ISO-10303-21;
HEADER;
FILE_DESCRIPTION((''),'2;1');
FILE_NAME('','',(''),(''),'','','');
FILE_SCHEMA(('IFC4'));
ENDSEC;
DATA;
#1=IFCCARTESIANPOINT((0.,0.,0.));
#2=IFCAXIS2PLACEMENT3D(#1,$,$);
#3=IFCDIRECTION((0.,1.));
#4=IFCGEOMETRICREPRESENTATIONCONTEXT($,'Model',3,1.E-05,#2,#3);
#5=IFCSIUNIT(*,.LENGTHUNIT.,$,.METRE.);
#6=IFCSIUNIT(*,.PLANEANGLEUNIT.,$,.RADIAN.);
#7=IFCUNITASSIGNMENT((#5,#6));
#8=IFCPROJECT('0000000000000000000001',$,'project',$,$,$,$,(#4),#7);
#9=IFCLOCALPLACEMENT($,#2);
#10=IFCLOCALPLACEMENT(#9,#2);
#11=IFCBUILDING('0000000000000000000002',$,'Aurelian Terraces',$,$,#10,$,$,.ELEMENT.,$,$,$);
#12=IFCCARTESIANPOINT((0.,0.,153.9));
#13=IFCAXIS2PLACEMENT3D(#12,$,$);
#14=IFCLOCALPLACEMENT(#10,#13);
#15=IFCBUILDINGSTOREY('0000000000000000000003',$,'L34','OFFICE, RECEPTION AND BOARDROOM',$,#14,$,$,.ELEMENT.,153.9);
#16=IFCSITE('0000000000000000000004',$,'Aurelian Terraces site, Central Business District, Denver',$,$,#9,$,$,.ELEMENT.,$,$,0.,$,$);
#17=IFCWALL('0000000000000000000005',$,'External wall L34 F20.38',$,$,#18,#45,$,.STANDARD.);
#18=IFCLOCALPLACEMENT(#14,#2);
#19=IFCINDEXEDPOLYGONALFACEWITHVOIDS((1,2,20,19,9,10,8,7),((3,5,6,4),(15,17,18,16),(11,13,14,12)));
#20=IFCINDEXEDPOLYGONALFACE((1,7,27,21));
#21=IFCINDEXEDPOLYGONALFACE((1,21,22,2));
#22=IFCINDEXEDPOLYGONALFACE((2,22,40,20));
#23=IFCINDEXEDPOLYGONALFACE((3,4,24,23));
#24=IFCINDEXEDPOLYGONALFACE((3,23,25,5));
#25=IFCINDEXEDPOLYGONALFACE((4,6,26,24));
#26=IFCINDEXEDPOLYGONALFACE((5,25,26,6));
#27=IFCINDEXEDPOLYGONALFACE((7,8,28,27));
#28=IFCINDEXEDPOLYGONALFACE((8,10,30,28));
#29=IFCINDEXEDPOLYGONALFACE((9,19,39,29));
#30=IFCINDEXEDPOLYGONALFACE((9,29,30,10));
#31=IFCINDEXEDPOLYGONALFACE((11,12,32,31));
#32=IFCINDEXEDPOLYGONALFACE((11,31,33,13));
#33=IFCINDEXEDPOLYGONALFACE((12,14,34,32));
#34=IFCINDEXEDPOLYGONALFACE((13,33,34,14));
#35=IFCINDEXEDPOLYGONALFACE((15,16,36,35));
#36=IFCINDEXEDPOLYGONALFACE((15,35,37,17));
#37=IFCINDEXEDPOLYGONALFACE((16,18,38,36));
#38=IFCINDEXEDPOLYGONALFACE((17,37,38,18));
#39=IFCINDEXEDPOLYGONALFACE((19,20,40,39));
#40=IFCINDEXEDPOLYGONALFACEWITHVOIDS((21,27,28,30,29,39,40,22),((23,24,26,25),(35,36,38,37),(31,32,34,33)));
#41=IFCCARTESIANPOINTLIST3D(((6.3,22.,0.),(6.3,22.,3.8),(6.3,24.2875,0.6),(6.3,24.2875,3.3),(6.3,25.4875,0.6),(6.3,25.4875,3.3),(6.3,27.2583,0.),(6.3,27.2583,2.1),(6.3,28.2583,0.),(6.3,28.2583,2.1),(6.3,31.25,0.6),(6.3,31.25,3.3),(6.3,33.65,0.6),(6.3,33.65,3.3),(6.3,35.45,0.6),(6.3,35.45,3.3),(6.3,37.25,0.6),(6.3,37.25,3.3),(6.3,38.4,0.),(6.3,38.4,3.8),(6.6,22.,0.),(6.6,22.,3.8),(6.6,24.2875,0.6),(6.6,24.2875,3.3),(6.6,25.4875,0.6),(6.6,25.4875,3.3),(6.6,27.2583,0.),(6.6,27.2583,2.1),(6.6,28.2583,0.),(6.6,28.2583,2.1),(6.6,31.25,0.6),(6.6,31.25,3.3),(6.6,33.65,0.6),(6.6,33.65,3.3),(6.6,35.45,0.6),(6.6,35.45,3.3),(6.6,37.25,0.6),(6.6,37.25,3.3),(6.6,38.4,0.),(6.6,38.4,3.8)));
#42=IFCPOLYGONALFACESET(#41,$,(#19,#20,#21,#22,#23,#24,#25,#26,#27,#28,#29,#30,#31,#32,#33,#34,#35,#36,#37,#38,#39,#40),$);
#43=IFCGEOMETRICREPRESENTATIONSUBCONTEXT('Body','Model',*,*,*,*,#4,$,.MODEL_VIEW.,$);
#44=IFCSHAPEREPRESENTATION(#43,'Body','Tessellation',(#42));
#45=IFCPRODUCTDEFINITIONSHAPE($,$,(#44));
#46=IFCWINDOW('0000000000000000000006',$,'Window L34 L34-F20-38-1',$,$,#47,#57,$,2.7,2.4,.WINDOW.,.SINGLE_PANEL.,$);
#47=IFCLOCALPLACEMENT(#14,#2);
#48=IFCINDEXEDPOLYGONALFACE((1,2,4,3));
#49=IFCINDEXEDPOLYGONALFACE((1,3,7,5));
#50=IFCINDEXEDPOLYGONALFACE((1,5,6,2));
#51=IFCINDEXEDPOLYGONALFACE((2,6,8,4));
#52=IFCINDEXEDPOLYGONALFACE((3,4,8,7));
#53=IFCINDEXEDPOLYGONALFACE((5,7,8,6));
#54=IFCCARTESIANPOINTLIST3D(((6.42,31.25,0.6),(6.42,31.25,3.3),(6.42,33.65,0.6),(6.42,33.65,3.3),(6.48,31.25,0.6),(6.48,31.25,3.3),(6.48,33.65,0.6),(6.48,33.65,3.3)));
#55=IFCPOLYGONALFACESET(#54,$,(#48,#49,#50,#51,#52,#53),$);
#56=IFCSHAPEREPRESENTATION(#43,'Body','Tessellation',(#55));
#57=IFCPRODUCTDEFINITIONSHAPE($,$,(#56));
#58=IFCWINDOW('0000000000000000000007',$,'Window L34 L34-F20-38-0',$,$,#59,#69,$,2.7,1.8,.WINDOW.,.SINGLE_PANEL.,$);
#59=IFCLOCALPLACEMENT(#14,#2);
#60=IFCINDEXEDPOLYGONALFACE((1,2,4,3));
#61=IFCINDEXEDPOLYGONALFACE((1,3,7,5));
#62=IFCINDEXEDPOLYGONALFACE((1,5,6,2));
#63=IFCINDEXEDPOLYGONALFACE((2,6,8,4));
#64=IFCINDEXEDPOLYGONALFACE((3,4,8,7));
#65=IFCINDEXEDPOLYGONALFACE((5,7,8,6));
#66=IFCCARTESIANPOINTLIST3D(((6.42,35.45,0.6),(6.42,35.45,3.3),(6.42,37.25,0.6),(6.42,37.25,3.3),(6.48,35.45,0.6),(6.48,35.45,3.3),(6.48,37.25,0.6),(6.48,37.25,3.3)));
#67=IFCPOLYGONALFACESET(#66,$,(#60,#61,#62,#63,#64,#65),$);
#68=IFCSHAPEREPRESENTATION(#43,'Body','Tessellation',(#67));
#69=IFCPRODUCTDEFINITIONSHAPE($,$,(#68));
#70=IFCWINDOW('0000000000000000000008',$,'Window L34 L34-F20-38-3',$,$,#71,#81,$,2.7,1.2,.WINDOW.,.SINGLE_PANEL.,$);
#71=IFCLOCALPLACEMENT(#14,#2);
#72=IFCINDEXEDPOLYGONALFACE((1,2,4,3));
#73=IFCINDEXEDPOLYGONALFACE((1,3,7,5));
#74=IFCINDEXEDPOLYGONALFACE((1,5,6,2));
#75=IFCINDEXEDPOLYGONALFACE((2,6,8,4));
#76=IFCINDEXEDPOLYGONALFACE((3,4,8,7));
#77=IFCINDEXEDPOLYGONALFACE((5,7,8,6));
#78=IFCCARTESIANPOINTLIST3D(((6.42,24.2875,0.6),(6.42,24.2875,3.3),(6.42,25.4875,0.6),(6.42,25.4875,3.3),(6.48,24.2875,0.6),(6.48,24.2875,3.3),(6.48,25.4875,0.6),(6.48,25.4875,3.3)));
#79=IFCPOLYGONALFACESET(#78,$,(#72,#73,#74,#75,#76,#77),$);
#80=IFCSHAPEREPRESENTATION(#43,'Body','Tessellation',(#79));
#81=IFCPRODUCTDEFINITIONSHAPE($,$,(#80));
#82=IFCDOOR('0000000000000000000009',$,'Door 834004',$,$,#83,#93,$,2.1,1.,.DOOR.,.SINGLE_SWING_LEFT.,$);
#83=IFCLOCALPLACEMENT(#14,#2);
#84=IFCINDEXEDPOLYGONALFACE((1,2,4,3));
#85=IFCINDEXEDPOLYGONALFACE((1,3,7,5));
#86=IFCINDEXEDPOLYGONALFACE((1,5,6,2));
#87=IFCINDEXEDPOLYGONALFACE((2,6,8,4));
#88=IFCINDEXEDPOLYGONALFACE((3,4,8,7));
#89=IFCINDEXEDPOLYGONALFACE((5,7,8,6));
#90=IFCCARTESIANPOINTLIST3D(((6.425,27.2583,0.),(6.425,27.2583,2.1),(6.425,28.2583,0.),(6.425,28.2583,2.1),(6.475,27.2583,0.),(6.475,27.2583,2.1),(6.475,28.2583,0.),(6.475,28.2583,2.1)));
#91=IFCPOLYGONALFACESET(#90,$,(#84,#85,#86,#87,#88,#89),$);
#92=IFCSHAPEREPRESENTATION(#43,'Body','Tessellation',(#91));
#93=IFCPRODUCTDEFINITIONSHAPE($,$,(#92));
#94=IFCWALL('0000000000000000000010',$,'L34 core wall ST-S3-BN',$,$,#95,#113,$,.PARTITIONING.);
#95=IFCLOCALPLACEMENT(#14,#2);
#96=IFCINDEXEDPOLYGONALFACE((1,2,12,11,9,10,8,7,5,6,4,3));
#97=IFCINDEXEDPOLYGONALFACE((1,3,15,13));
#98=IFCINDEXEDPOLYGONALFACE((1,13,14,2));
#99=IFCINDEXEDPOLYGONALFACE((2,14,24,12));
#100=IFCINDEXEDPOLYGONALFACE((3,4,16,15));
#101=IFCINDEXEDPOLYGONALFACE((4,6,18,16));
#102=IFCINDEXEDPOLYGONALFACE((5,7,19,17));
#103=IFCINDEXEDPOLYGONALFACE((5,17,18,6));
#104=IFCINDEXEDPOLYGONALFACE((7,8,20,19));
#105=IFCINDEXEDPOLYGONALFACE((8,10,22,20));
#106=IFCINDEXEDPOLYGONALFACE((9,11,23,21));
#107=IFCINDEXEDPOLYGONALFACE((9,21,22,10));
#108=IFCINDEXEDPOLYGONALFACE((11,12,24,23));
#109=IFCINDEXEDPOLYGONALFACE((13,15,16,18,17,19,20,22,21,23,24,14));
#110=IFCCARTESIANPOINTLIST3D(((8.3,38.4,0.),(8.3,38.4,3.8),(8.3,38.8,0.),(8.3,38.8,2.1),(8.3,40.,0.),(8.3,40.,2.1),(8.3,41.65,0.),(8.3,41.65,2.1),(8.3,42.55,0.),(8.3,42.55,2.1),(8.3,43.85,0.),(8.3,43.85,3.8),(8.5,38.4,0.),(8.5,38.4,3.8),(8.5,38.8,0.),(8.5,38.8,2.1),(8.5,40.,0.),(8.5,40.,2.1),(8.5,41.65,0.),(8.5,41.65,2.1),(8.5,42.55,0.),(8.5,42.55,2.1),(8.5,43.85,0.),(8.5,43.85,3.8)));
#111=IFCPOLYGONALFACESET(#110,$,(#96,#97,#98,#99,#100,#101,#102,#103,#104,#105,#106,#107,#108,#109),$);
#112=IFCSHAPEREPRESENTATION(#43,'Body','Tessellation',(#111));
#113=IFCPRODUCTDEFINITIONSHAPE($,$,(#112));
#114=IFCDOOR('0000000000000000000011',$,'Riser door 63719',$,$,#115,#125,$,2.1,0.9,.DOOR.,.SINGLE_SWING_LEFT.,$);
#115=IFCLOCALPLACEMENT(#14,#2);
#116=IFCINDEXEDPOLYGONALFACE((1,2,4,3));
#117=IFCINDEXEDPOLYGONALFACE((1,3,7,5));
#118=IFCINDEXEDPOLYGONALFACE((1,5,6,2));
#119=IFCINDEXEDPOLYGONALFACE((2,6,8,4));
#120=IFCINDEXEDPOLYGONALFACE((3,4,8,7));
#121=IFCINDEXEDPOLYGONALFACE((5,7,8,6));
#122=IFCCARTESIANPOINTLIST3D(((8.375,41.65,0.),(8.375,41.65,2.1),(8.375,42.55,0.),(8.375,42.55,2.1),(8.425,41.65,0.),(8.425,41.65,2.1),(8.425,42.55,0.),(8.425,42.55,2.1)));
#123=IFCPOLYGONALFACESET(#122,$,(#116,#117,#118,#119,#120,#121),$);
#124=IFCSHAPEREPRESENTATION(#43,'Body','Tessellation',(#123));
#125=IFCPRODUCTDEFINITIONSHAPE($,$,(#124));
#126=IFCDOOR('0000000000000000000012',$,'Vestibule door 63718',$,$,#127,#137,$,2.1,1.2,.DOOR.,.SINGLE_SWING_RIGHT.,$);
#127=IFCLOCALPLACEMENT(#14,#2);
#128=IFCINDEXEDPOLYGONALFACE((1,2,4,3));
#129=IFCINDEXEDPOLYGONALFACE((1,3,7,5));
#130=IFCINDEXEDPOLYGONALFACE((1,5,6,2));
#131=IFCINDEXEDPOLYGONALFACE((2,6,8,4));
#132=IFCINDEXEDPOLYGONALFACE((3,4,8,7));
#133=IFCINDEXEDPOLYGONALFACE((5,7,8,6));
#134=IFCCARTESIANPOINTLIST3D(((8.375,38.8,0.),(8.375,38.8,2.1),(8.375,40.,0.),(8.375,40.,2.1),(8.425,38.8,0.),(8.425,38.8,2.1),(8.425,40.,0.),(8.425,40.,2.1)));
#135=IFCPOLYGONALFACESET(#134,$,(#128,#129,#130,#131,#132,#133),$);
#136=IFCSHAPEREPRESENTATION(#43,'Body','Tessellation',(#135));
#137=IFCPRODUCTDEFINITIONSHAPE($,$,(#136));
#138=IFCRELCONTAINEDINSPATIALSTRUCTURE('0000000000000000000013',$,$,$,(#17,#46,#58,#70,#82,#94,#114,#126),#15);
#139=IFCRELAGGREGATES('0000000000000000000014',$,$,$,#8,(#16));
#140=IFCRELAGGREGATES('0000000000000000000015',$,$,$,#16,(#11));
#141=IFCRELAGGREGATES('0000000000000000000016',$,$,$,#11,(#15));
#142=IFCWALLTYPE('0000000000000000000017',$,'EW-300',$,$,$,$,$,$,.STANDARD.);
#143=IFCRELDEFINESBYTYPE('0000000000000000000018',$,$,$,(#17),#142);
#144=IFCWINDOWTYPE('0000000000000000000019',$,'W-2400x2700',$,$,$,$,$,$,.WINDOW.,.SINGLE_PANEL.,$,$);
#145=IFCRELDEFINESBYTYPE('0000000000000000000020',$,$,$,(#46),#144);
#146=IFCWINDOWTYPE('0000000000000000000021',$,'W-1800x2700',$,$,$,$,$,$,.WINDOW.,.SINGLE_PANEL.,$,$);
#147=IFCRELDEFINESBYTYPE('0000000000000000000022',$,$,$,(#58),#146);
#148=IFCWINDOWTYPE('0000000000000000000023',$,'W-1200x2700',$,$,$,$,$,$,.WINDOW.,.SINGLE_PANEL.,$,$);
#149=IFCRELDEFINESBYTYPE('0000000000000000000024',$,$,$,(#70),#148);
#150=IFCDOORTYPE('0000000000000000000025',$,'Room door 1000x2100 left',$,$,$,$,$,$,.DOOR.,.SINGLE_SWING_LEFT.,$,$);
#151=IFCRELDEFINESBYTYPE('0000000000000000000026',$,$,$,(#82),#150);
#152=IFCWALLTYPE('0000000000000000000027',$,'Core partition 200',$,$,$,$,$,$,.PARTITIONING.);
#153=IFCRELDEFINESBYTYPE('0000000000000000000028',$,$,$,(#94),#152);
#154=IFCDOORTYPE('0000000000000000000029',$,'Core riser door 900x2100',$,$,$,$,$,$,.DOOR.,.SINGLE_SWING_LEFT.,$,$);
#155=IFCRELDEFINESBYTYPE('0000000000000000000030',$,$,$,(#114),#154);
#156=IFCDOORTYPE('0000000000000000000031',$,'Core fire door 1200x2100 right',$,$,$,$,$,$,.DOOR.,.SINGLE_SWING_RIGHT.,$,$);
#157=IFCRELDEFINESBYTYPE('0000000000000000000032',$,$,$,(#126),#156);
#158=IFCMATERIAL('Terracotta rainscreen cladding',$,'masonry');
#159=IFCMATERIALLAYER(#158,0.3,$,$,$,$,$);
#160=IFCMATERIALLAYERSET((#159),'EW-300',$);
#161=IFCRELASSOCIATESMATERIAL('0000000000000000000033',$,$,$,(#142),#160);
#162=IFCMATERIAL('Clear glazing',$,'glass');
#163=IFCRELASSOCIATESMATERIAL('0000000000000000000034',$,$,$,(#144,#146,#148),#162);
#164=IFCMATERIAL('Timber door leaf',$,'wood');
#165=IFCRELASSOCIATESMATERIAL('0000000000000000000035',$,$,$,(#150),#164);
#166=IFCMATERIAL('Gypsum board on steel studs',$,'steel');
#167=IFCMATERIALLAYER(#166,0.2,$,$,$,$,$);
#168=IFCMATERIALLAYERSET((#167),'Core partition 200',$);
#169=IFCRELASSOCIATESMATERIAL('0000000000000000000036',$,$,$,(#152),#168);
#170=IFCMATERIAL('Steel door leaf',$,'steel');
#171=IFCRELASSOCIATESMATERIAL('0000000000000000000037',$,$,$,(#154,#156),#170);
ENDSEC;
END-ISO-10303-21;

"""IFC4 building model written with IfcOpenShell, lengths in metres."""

from ifc_helpers import new_model, si_unit, direction, frame, frame_2d, origin, place, context, subcontext, project, spatial, rectangle, extrude, source, transform, mapped, material, layer, layer_set, type_object, element, fill, save


model = new_model("IFC4")

# Units and contexts
model_context = context("Model", 3, precision=1e-05, world=origin(), true_north=direction((0.0, 1.0)))
body_context = subcontext(model_context, "Body", "Model", "MODEL_VIEW")
ifc_project = project(units=[si_unit("LENGTHUNIT", "METRE"), si_unit("PLANEANGLEUNIT", "RADIAN")], contexts=[model_context])

# Site, building, storey
site_placement = place(None, origin())
site = spatial("IfcSite", under=ifc_project, at=site_placement, Name="Aurelian Terraces site, Central Business District, Denver", CompositionType="ELEMENT", RefElevation=0.0)
building_placement = place(site_placement, origin())
building = spatial("IfcBuilding", under=site, at=building_placement, Name="Aurelian Terraces", CompositionType="ELEMENT")
storey_placement = place(building_placement, frame((0.0, 0.0, 153.9)))
storey = spatial("IfcBuildingStorey", under=building, at=storey_placement, Name="L34", Description="OFFICE, RECEPTION AND BOARDROOM", CompositionType="ELEMENT", Elevation=153.9)

# Shared definitions
ifc_material_1 = material(Name="Clear glazing", Category="glass")

# Wall, openings, windows, door
ifc_material_2 = material(Name="Terracotta rainscreen cladding", Category="masonry")
ifc_layer_1 = layer(ifc_material_2, 0.3)
ifc_layer_set_1 = layer_set([ifc_layer_1], Name="EW-300")
wall_type_1 = type_object("IfcWallType", Name="EW-300", PredefinedType="STANDARD", material=ifc_layer_set_1)
shared_shape_1 = source(origin(), body_context, "Body", "SweptSolid", [
    extrude(rectangle(XDim=16.4, YDim=0.3, at=frame_2d((8.2, 0.0))), origin(), (0.0, 0.0, 1.0), 3.8),
])
wall_1_placement = place(storey_placement, frame((6.45, 38.4, 0.0), z_axis=(0.0, 0.0, 1.0), x_axis=(0.0, -1.0, 0.0)))
wall_1 = element("IfcWall", 1, at=wall_1_placement, inside=storey, type_object=wall_type_1, Name="External wall L34 F20.38", PredefinedType="STANDARD", context=body_context, shape_type="MappedRepresentation", body=[
    mapped(shared_shape_1, transform((0.0, 0.0, 0.0), scale=1.0)),
])
shared_shape_2 = source(origin(), body_context, "Body", "SweptSolid", [
    extrude(rectangle(XDim=1.8, YDim=2.7, at=frame_2d((0.9, 1.35))), frame((0.0, 0.16, 0.0), z_axis=(0.0, -1.0, 0.0), x_axis=(1.0, 0.0, 0.0)), (0.0, 0.0, 1.0), 0.32),
])
opening_1_placement = place(wall_1_placement, frame((1.15, 0.0, 0.6)))
opening_1 = element("IfcOpeningElement", 2, at=opening_1_placement, cuts=wall_1, PredefinedType="OPENING", context=body_context, shape_type="MappedRepresentation", body=[
    mapped(shared_shape_2, transform((0.0, 0.0, 0.0), scale=1.0)),
])
shared_shape_3 = source(origin(), body_context, "Body", "SweptSolid", [
    extrude(rectangle(XDim=2.4, YDim=2.7, at=frame_2d((1.2, 1.35))), frame((0.0, 0.16, 0.0), z_axis=(0.0, -1.0, 0.0), x_axis=(1.0, 0.0, 0.0)), (0.0, 0.0, 1.0), 0.32),
])
opening_2_placement = place(wall_1_placement, frame((4.75, 0.0, 0.6)))
opening_2 = element("IfcOpeningElement", 3, at=opening_2_placement, cuts=wall_1, PredefinedType="OPENING", context=body_context, shape_type="MappedRepresentation", body=[
    mapped(shared_shape_3, transform((0.0, 0.0, 0.0), scale=1.0)),
])
shared_shape_4 = source(origin(), body_context, "Body", "SweptSolid", [
    extrude(rectangle(XDim=1.2, YDim=2.7, at=frame_2d((0.6, 1.35))), frame((0.0, 0.16, 0.0), z_axis=(0.0, -1.0, 0.0), x_axis=(1.0, 0.0, 0.0)), (0.0, 0.0, 1.0), 0.32),
])
opening_3_placement = place(wall_1_placement, frame((12.9125, 0.0, 0.6)))
opening_3 = element("IfcOpeningElement", 4, at=opening_3_placement, cuts=wall_1, PredefinedType="OPENING", context=body_context, shape_type="MappedRepresentation", body=[
    mapped(shared_shape_4, transform((0.0, 0.0, 0.0), scale=1.0)),
])
shared_shape_5 = source(origin(), body_context, "Body", "SweptSolid", [
    extrude(rectangle(XDim=1.0, YDim=2.1, at=frame_2d((0.5, 1.05))), frame((0.0, 0.16, 0.0), z_axis=(0.0, -1.0, 0.0), x_axis=(1.0, 0.0, 0.0)), (0.0, 0.0, 1.0), 0.32),
])
opening_4_placement = place(wall_1_placement, frame((10.1417, 0.0, 0.0)))
opening_4 = element("IfcOpeningElement", 5, at=opening_4_placement, cuts=wall_1, PredefinedType="OPENING", context=body_context, shape_type="MappedRepresentation", body=[
    mapped(shared_shape_5, transform((0.0, 0.0, 0.0), scale=1.0)),
])
window_type_1 = type_object("IfcWindowType", Name="W-2400x2700", PartitioningType="SINGLE_PANEL", PredefinedType="WINDOW", material=ifc_material_1)
shared_shape_6 = source(origin(), body_context, "Body", "SweptSolid", [
    extrude(rectangle(XDim=2.4, YDim=2.7, at=frame_2d((1.2, 1.35))), frame((0.0, 0.03, 0.0), z_axis=(0.0, -1.0, 0.0), x_axis=(1.0, 0.0, 0.0)), (0.0, 0.0, 1.0), 0.06),
])
window_1_placement = place(opening_2_placement, origin())
window_1 = element("IfcWindow", 6, at=window_1_placement, inside=storey, type_object=window_type_1, Name="Window L34 L34-F20-38-1", OverallHeight=2.7, OverallWidth=2.4, PartitioningType="SINGLE_PANEL", PredefinedType="WINDOW", context=body_context, shape_type="MappedRepresentation", body=[
    mapped(shared_shape_6, transform((0.0, 0.0, 0.0), scale=1.0)),
])
fill(opening_2, window_1)
window_type_2 = type_object("IfcWindowType", Name="W-1800x2700", PartitioningType="SINGLE_PANEL", PredefinedType="WINDOW", material=ifc_material_1)
shared_shape_7 = source(origin(), body_context, "Body", "SweptSolid", [
    extrude(rectangle(XDim=1.8, YDim=2.7, at=frame_2d((0.9, 1.35))), frame((0.0, 0.03, 0.0), z_axis=(0.0, -1.0, 0.0), x_axis=(1.0, 0.0, 0.0)), (0.0, 0.0, 1.0), 0.06),
])
window_2_placement = place(opening_1_placement, origin())
window_2 = element("IfcWindow", 7, at=window_2_placement, inside=storey, type_object=window_type_2, Name="Window L34 L34-F20-38-0", OverallHeight=2.7, OverallWidth=1.8, PartitioningType="SINGLE_PANEL", PredefinedType="WINDOW", context=body_context, shape_type="MappedRepresentation", body=[
    mapped(shared_shape_7, transform((0.0, 0.0, 0.0), scale=1.0)),
])
fill(opening_1, window_2)
window_type_3 = type_object("IfcWindowType", Name="W-1200x2700", PartitioningType="SINGLE_PANEL", PredefinedType="WINDOW", material=ifc_material_1)
shared_shape_8 = source(origin(), body_context, "Body", "SweptSolid", [
    extrude(rectangle(XDim=1.2, YDim=2.7, at=frame_2d((0.6, 1.35))), frame((0.0, 0.03, 0.0), z_axis=(0.0, -1.0, 0.0), x_axis=(1.0, 0.0, 0.0)), (0.0, 0.0, 1.0), 0.06),
])
window_3_placement = place(opening_3_placement, origin())
window_3 = element("IfcWindow", 8, at=window_3_placement, inside=storey, type_object=window_type_3, Name="Window L34 L34-F20-38-3", OverallHeight=2.7, OverallWidth=1.2, PartitioningType="SINGLE_PANEL", PredefinedType="WINDOW", context=body_context, shape_type="MappedRepresentation", body=[
    mapped(shared_shape_8, transform((0.0, 0.0, 0.0), scale=1.0)),
])
fill(opening_3, window_3)
ifc_material_3 = material(Name="Timber door leaf", Category="wood")
door_type_1 = type_object("IfcDoorType", Name="Room door 1000x2100 left", OperationType="SINGLE_SWING_LEFT", PredefinedType="DOOR", material=ifc_material_3)
shared_shape_9 = source(origin(), body_context, "Body", "SweptSolid", [
    extrude(rectangle(XDim=1.0, YDim=2.1, at=frame_2d((0.5, 1.05))), frame((0.0, 0.025, 0.0), z_axis=(0.0, -1.0, 0.0), x_axis=(1.0, 0.0, 0.0)), (0.0, 0.0, 1.0), 0.05),
])
door_1_placement = place(opening_4_placement, origin())
door_1 = element("IfcDoor", 9, at=door_1_placement, inside=storey, type_object=door_type_1, Name="Door 834004", OperationType="SINGLE_SWING_LEFT", OverallHeight=2.1, OverallWidth=1.0, PredefinedType="DOOR", context=body_context, shape_type="MappedRepresentation", body=[
    mapped(shared_shape_9, transform((0.0, 0.0, 0.0), scale=1.0)),
])
fill(opening_4, door_1)

# Wall, openings, doors
ifc_material_4 = material(Name="Gypsum board on steel studs", Category="steel")
ifc_layer_2 = layer(ifc_material_4, 0.2)
ifc_layer_set_2 = layer_set([ifc_layer_2], Name="Core partition 200")
wall_type_2 = type_object("IfcWallType", Name="Core partition 200", PredefinedType="PARTITIONING", material=ifc_layer_set_2)
shared_shape_10 = source(origin(), body_context, "Body", "SweptSolid", [
    extrude(rectangle(XDim=5.45, YDim=0.2, at=frame_2d((2.725, 0.0))), origin(), (0.0, 0.0, 1.0), 3.8),
])
wall_2_placement = place(storey_placement, frame((8.4, 38.4, 0.0), z_axis=(0.0, 0.0, 1.0), x_axis=(0.0, 1.0, 0.0)))
wall_2 = element("IfcWall", 10, at=wall_2_placement, inside=storey, type_object=wall_type_2, Name="L34 core wall ST-S3-BN", PredefinedType="PARTITIONING", context=body_context, shape_type="MappedRepresentation", body=[
    mapped(shared_shape_10, transform((0.0, 0.0, 0.0), scale=1.0)),
])
shared_shape_11 = source(origin(), body_context, "Body", "SweptSolid", [
    extrude(rectangle(XDim=1.2, YDim=2.1, at=frame_2d((0.6, 1.05))), frame((0.0, 0.11, 0.0), z_axis=(0.0, -1.0, 0.0), x_axis=(1.0, 0.0, 0.0)), (0.0, 0.0, 1.0), 0.22),
])
opening_5_placement = place(wall_2_placement, frame((0.4, 0.0, 0.0)))
opening_5 = element("IfcOpeningElement", 11, at=opening_5_placement, cuts=wall_2, PredefinedType="OPENING", context=body_context, shape_type="MappedRepresentation", body=[
    mapped(shared_shape_11, transform((0.0, 0.0, 0.0), scale=1.0)),
])
shared_shape_12 = source(origin(), body_context, "Body", "SweptSolid", [
    extrude(rectangle(XDim=0.9, YDim=2.1, at=frame_2d((0.45, 1.05))), frame((0.0, 0.11, 0.0), z_axis=(0.0, -1.0, 0.0), x_axis=(1.0, 0.0, 0.0)), (0.0, 0.0, 1.0), 0.22),
])
opening_6_placement = place(wall_2_placement, frame((3.25, 0.0, 0.0)))
opening_6 = element("IfcOpeningElement", 12, at=opening_6_placement, cuts=wall_2, PredefinedType="OPENING", context=body_context, shape_type="MappedRepresentation", body=[
    mapped(shared_shape_12, transform((0.0, 0.0, 0.0), scale=1.0)),
])
ifc_material_5 = material(Name="Steel door leaf", Category="steel")
door_type_2 = type_object("IfcDoorType", Name="Core riser door 900x2100", OperationType="SINGLE_SWING_LEFT", PredefinedType="DOOR", material=ifc_material_5)
shared_shape_13 = source(origin(), body_context, "Body", "SweptSolid", [
    extrude(rectangle(XDim=0.9, YDim=2.1, at=frame_2d((0.45, 1.05))), frame((0.0, 0.025, 0.0), z_axis=(0.0, -1.0, 0.0), x_axis=(1.0, 0.0, 0.0)), (0.0, 0.0, 1.0), 0.05),
])
door_2_placement = place(opening_6_placement, origin())
door_2 = element("IfcDoor", 13, at=door_2_placement, inside=storey, type_object=door_type_2, Name="Riser door 63719", OperationType="SINGLE_SWING_LEFT", OverallHeight=2.1, OverallWidth=0.9, PredefinedType="DOOR", context=body_context, shape_type="MappedRepresentation", body=[
    mapped(shared_shape_13, transform((0.0, 0.0, 0.0), scale=1.0)),
])
fill(opening_6, door_2)
door_type_3 = type_object("IfcDoorType", Name="Core fire door 1200x2100 right", OperationType="SINGLE_SWING_RIGHT", PredefinedType="DOOR", material=ifc_material_5)
shared_shape_14 = source(origin(), body_context, "Body", "SweptSolid", [
    extrude(rectangle(XDim=1.2, YDim=2.1, at=frame_2d((0.6, 1.05))), frame((0.0, 0.025, 0.0), z_axis=(0.0, -1.0, 0.0), x_axis=(1.0, 0.0, 0.0)), (0.0, 0.0, 1.0), 0.05),
])
door_3_placement = place(opening_5_placement, origin())
door_3 = element("IfcDoor", 14, at=door_3_placement, inside=storey, type_object=door_type_3, Name="Vestibule door 63718", OperationType="SINGLE_SWING_RIGHT", OverallHeight=2.1, OverallWidth=1.2, PredefinedType="DOOR", context=body_context, shape_type="MappedRepresentation", body=[
    mapped(shared_shape_14, transform((0.0, 0.0, 0.0), scale=1.0)),
])
fill(opening_5, door_3)

save(model, "model.ifc")
